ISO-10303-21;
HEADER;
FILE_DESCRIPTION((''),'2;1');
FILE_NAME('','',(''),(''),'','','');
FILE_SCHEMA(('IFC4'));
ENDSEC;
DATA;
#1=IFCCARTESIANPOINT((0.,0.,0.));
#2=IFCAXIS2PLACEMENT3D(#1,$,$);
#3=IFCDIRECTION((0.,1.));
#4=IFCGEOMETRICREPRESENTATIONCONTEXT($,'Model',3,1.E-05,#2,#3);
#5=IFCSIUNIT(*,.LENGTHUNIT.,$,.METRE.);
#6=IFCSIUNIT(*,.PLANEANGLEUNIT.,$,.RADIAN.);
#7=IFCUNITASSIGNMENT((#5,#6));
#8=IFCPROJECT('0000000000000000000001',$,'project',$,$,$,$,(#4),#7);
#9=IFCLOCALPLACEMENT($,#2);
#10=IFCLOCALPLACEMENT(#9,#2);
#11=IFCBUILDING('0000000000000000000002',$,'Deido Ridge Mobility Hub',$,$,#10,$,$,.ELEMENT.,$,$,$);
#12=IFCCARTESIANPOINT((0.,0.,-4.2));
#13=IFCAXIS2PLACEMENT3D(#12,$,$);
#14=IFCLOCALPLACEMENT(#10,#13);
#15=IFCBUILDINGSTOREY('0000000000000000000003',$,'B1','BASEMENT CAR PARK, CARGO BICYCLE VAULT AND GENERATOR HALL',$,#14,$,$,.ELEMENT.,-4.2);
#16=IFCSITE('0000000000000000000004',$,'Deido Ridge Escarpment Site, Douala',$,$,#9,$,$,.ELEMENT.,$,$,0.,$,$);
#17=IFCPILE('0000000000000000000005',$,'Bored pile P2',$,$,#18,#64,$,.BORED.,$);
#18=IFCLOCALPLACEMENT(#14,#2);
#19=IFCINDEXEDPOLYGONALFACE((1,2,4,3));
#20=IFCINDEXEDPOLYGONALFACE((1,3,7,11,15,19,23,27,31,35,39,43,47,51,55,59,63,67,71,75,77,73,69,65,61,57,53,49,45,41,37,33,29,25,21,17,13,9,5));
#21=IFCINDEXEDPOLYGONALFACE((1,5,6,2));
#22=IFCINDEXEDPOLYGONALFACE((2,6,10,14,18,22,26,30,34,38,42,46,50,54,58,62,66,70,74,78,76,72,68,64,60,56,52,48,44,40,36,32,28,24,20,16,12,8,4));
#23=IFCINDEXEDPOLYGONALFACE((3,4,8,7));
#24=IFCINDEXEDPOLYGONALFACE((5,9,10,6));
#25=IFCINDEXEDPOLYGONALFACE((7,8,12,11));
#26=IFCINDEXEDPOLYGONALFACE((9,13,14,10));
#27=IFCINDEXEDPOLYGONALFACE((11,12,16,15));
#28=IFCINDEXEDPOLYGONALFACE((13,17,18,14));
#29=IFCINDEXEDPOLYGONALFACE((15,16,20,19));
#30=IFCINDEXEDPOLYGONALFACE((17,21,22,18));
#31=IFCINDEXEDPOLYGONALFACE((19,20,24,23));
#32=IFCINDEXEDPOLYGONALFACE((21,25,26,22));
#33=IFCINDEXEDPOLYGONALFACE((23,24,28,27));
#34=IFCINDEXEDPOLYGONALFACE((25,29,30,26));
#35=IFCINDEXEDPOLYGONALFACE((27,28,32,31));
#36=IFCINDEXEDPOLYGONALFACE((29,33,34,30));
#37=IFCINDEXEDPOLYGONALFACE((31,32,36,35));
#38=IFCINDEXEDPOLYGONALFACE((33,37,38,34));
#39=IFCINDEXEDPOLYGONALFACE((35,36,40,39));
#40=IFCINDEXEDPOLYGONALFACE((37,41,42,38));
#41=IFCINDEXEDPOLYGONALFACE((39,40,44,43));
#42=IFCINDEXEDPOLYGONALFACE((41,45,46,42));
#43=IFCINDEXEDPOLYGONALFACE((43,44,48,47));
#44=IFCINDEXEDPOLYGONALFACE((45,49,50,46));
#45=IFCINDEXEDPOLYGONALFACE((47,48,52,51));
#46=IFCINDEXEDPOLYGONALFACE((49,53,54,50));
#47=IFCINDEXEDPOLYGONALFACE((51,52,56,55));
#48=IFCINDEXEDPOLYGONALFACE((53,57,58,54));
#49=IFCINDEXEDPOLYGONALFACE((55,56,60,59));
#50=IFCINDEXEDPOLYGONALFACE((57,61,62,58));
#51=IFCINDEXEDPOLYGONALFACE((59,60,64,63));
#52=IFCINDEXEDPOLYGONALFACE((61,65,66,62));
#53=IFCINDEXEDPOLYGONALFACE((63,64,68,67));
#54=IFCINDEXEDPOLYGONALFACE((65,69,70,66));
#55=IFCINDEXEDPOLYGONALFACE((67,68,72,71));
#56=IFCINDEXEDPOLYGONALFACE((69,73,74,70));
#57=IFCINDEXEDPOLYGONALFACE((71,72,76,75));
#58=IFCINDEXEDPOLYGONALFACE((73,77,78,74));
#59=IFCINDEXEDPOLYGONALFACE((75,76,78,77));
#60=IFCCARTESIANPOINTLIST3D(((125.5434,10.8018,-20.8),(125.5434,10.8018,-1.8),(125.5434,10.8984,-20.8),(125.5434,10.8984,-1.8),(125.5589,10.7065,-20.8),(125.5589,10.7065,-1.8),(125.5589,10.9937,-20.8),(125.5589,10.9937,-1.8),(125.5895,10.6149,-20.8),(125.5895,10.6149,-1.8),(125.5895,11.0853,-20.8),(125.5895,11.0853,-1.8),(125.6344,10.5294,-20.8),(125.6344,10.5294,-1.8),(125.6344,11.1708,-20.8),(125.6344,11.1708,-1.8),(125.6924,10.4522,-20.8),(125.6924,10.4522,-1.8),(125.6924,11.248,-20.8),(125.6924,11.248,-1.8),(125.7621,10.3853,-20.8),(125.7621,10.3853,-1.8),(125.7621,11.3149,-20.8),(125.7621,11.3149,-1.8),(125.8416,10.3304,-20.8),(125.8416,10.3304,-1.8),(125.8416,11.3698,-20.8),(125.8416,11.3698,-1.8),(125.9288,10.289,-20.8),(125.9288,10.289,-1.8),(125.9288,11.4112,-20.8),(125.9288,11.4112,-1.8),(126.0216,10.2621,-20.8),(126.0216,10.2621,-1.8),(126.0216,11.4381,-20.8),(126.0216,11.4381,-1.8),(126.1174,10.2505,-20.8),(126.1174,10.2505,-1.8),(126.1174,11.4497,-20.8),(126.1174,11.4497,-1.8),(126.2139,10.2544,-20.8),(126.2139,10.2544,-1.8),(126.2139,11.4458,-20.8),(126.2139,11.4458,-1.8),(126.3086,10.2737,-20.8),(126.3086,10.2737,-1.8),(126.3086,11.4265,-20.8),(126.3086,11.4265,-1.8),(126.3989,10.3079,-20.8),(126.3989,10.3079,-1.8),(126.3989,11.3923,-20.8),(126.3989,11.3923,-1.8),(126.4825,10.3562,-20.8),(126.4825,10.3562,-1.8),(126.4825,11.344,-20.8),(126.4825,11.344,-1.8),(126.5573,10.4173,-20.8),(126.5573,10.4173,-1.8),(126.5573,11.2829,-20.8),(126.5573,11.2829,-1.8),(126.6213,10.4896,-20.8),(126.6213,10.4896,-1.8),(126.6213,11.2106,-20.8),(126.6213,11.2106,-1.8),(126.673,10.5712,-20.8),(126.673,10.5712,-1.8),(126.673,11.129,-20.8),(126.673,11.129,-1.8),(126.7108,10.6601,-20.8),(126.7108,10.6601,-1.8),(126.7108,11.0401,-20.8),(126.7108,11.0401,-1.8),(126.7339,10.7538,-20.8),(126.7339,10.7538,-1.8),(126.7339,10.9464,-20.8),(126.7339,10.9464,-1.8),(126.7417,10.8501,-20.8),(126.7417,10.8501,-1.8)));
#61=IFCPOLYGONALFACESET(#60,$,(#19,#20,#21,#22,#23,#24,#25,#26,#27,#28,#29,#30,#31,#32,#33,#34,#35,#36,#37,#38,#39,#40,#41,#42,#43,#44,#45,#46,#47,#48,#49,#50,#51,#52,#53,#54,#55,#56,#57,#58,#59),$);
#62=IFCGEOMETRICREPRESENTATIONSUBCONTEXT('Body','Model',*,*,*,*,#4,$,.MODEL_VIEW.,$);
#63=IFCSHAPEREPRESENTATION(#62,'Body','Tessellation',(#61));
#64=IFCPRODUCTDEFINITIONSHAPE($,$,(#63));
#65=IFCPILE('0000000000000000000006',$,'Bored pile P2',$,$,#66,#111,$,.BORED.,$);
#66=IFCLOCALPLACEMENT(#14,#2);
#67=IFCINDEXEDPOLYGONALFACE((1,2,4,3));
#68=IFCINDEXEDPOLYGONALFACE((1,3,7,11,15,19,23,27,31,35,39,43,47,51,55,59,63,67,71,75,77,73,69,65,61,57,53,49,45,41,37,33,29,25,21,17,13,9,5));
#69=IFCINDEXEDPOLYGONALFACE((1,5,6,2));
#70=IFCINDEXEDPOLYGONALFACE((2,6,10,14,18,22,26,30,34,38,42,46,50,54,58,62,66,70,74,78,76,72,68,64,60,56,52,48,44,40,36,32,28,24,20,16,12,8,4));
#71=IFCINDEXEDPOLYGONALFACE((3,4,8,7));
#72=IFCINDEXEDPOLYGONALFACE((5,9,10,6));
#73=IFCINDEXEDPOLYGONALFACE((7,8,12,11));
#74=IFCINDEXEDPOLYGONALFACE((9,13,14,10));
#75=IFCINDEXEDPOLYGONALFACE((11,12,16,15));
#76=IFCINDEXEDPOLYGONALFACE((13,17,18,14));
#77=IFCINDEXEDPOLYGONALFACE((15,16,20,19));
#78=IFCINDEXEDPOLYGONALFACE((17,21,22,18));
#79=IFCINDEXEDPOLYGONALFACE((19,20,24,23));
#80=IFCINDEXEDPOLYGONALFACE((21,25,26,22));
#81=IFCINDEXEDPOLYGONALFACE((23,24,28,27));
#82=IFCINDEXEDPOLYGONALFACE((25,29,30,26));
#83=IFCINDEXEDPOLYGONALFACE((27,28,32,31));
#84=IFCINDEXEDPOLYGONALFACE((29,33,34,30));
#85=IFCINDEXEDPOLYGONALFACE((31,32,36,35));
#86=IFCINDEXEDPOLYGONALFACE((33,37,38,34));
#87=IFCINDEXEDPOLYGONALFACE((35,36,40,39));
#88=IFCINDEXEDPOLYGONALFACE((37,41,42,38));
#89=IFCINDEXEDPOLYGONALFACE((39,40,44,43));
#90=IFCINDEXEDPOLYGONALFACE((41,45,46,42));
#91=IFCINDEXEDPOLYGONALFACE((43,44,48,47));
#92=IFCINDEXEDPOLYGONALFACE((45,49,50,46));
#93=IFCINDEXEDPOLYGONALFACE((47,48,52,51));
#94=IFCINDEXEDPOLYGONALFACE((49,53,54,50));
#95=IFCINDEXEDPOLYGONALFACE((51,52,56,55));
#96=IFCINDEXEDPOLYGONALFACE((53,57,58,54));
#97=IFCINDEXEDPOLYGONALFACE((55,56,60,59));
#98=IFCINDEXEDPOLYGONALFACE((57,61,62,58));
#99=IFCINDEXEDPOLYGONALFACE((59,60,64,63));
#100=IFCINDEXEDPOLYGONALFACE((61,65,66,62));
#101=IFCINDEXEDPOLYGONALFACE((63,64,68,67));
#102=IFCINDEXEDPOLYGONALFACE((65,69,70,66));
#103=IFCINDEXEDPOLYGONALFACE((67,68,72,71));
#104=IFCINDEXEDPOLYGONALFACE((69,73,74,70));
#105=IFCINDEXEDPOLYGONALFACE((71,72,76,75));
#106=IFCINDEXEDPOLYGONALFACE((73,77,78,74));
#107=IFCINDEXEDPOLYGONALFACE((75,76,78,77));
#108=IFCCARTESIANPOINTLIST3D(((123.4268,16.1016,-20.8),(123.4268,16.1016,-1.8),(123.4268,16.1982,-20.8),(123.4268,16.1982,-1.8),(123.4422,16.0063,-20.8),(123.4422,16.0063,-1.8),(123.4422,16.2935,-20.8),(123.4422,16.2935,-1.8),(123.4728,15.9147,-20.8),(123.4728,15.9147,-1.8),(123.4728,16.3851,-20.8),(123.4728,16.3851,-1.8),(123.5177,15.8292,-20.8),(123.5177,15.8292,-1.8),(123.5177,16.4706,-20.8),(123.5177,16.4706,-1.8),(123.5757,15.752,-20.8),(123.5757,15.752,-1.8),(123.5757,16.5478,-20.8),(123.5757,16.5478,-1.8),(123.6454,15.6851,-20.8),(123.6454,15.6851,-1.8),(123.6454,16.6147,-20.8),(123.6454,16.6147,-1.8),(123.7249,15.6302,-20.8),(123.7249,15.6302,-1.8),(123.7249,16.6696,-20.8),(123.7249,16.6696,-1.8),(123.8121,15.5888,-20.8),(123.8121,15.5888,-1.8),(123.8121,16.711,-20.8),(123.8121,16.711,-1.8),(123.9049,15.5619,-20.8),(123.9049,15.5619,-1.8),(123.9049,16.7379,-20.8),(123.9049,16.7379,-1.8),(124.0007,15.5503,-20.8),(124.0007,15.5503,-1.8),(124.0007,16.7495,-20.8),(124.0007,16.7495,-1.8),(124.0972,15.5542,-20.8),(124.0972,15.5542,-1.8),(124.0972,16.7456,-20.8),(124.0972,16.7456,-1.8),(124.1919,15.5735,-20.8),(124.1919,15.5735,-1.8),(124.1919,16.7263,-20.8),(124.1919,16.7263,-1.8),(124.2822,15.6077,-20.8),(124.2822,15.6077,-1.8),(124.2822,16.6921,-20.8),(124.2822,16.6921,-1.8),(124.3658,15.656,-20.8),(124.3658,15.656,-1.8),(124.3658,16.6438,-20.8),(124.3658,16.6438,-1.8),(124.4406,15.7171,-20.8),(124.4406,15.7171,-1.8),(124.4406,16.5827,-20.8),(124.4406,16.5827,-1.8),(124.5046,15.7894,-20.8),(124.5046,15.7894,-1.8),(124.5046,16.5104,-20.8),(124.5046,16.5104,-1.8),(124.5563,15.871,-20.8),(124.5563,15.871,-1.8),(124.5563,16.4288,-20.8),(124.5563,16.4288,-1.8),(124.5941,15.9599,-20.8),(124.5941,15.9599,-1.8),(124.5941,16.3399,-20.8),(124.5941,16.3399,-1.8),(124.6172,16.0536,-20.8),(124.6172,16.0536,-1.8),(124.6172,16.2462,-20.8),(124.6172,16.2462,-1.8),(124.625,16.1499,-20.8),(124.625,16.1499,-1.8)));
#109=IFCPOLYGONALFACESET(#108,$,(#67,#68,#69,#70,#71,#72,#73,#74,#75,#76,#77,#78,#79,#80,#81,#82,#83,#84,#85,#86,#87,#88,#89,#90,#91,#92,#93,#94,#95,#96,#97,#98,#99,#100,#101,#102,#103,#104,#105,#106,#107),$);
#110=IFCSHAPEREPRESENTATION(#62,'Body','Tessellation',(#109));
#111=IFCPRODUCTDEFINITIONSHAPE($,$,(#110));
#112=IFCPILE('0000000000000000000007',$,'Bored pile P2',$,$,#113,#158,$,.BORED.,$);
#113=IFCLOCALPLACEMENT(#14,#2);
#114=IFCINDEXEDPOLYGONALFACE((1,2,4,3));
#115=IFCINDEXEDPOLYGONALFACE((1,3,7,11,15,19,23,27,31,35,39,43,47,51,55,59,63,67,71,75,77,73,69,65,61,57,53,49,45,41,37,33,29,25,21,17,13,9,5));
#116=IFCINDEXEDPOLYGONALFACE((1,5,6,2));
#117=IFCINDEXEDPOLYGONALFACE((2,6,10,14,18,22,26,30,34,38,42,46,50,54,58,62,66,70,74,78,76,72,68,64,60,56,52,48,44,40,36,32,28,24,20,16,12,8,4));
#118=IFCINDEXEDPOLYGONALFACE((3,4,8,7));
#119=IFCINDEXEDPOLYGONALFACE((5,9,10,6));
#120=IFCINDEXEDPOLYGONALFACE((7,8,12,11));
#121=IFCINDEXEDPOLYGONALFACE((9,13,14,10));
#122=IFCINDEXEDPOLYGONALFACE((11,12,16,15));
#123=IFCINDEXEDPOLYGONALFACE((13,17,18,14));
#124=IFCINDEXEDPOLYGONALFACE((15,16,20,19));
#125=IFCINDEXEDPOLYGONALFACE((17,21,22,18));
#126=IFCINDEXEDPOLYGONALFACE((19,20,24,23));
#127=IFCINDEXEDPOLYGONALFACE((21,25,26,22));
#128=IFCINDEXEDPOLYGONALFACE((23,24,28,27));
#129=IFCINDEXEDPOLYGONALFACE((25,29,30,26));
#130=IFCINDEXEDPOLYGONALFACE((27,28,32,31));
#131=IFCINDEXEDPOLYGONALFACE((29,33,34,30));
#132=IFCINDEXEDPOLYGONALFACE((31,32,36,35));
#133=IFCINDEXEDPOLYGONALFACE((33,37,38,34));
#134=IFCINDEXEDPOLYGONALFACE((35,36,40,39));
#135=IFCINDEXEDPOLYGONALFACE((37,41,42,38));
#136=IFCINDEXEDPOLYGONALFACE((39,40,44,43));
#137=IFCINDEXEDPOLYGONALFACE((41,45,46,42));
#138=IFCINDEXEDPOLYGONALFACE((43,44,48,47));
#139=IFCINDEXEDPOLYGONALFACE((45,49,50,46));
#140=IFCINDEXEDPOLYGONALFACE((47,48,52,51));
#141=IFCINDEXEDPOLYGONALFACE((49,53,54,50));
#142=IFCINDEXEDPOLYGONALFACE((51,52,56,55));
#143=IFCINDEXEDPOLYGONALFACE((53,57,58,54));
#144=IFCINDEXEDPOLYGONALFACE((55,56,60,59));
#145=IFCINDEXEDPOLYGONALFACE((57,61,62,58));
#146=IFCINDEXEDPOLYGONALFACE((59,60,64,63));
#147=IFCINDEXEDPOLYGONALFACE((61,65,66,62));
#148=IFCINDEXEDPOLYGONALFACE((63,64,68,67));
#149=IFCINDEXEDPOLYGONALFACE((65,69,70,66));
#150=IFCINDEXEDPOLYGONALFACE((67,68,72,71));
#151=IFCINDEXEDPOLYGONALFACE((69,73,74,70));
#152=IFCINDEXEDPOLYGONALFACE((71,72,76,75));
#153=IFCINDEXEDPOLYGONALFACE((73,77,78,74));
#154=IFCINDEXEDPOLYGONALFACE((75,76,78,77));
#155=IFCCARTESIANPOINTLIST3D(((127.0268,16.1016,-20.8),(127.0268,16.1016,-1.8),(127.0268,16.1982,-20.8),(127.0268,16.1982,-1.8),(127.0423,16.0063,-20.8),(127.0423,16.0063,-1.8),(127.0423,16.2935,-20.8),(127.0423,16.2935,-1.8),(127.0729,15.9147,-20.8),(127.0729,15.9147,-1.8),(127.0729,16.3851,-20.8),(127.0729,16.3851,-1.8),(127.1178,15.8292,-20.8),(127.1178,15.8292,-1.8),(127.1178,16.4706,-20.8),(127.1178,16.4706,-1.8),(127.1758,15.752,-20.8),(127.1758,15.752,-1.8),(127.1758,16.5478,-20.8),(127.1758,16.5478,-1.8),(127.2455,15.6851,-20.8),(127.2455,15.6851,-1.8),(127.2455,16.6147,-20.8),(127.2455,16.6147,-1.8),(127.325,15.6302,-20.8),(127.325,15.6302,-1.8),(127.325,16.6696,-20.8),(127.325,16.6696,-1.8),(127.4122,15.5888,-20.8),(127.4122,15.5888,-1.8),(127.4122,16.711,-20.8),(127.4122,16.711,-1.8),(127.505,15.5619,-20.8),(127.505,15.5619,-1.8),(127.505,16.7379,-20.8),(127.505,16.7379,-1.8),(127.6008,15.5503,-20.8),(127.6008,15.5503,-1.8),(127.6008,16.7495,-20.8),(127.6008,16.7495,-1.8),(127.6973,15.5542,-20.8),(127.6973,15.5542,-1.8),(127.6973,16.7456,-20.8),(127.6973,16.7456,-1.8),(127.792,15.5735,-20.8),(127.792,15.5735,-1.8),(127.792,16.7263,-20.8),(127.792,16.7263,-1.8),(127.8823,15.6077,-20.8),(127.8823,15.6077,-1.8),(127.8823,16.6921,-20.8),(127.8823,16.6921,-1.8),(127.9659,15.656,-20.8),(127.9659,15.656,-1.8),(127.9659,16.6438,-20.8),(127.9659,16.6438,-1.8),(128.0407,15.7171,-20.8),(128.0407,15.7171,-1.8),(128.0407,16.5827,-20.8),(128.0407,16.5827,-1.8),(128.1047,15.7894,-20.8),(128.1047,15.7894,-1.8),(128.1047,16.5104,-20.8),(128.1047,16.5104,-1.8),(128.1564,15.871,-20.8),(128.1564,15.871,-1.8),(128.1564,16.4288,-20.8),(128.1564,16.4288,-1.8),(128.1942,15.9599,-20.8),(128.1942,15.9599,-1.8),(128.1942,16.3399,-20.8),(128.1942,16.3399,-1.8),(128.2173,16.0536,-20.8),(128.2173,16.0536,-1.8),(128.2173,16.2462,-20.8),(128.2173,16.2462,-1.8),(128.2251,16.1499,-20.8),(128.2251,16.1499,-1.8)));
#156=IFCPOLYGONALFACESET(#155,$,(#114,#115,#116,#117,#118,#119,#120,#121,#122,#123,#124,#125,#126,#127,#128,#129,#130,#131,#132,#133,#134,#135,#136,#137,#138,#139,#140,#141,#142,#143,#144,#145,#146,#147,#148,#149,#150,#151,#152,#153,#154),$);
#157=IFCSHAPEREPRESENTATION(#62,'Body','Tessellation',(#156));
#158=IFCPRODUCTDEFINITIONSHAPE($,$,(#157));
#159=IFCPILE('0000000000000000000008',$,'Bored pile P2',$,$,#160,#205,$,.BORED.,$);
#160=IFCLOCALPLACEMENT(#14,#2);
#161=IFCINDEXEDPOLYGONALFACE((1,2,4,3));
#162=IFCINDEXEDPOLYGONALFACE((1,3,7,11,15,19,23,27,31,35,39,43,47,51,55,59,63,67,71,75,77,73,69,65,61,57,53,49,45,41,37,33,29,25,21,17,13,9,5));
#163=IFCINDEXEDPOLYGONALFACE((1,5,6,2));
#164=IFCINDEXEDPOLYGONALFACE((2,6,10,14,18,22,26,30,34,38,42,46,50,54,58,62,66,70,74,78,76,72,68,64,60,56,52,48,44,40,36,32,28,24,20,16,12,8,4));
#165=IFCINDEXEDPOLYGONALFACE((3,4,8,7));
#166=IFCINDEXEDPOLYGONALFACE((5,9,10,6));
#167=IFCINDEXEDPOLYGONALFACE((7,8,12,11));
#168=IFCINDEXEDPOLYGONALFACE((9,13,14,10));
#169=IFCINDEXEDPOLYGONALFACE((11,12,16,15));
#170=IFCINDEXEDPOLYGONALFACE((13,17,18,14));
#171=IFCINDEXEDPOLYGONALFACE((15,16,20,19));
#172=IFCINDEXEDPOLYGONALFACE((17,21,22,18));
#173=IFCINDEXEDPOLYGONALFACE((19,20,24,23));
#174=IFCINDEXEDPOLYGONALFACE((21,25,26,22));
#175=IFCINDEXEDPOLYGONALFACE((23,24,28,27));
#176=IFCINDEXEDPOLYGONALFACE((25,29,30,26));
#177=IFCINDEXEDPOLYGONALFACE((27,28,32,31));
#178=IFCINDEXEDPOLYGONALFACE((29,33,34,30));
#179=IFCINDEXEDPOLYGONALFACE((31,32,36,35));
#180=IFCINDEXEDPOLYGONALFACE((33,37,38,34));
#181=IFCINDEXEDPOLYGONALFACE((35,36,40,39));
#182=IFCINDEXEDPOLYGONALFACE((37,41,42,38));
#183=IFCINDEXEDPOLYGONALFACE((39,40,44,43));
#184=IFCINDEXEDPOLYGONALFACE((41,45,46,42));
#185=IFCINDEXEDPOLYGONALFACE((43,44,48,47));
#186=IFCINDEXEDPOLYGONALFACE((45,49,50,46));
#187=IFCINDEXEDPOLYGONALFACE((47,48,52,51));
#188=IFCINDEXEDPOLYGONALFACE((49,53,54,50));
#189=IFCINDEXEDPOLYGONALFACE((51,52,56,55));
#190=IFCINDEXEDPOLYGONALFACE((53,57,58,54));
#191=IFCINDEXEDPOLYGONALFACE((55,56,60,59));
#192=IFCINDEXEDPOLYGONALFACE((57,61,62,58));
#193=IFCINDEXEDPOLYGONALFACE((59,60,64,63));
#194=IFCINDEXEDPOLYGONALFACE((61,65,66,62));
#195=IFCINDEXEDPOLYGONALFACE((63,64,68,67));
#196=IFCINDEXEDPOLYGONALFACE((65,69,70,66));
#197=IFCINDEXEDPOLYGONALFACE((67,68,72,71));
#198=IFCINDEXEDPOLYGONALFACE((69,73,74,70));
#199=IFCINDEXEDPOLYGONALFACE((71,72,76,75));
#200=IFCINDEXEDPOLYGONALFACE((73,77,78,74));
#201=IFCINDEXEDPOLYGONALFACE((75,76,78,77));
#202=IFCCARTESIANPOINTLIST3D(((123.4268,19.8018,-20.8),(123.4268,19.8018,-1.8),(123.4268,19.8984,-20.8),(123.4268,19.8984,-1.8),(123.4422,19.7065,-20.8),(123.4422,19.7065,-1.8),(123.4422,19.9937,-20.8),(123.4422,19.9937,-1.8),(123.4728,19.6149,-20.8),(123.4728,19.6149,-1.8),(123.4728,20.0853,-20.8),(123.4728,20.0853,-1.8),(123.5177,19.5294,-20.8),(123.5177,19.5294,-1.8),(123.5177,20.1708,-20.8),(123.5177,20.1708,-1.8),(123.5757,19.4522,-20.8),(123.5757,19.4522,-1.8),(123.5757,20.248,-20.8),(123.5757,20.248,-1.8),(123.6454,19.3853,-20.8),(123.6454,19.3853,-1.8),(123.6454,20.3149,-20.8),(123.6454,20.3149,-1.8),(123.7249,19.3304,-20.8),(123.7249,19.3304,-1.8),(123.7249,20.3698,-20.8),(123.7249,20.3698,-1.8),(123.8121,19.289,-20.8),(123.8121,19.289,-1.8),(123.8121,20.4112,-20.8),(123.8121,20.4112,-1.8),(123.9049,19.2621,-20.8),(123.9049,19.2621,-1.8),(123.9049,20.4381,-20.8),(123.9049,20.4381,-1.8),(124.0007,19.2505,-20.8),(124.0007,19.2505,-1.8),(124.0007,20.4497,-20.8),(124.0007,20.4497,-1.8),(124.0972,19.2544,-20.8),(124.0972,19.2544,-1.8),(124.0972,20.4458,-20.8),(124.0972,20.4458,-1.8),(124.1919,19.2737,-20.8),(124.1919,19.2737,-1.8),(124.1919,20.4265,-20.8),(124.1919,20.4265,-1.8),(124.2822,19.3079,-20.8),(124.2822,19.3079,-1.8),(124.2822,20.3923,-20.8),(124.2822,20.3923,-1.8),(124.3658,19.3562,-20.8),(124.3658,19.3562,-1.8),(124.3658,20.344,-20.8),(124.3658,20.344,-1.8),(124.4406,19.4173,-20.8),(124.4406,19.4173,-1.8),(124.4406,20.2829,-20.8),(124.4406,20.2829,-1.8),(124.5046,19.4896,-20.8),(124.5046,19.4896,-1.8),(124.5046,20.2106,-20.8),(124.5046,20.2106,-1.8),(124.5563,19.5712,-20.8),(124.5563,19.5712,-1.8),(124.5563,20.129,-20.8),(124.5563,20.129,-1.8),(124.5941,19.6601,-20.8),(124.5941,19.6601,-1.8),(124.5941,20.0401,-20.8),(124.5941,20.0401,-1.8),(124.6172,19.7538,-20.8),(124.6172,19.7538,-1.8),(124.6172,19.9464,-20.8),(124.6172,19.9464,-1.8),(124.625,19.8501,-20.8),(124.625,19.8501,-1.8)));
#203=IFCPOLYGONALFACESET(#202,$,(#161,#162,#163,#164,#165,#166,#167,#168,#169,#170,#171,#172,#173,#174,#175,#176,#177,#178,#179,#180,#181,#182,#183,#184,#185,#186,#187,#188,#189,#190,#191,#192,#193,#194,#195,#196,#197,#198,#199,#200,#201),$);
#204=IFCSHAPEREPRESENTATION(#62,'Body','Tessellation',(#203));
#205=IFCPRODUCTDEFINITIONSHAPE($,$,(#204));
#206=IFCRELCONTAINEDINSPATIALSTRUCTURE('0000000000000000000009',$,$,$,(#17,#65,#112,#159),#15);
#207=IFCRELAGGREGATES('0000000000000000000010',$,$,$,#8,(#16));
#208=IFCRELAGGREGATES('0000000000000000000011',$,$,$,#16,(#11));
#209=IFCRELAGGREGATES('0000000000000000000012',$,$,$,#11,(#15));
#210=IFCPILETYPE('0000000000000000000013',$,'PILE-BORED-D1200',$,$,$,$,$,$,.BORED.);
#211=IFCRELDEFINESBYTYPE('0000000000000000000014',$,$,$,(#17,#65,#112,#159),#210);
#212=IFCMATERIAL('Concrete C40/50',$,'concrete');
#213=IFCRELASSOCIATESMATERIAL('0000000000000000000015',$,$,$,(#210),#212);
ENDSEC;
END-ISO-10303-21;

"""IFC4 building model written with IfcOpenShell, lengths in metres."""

from ifc_helpers import new_model, si_unit, direction, frame, origin, origin_2d, place, context, subcontext, project, spatial, circle, extrude, material, material_profile, profile_set, type_object, element, save


model = new_model("IFC4")

# Units and contexts
model_context = context("Model", 3, precision=1e-05, world=origin(), true_north=direction((0.0, 1.0)))
body_context = subcontext(model_context, "Body", "Model", "MODEL_VIEW")
ifc_project = project(units=[si_unit("LENGTHUNIT", "METRE"), si_unit("PLANEANGLEUNIT", "RADIAN")], contexts=[model_context])

# Site, building, storey
site_placement = place(None, origin())
site = spatial("IfcSite", under=ifc_project, at=site_placement, Name="Deido Ridge Escarpment Site, Douala", CompositionType="ELEMENT", RefElevation=0.0)
building_placement = place(site_placement, origin())
building = spatial("IfcBuilding", under=site, at=building_placement, Name="Deido Ridge Mobility Hub", CompositionType="ELEMENT")
storey_placement = place(building_placement, frame((0.0, 0.0, -4.2)))
storey = spatial("IfcBuildingStorey", under=building, at=storey_placement, Name="B1", Description="BASEMENT CAR PARK, CARGO BICYCLE VAULT AND GENERATOR HALL", CompositionType="ELEMENT", Elevation=-4.2)

# Shared definitions
ifc_material_1 = material(Name="Concrete C40/50", Category="concrete")

# Piles
ifc_material_profile_1 = material_profile(ifc_material_1, circle(Radius=0.6001, at=origin_2d()), Name="BORED PILE D1200")
ifc_profile_set_1 = profile_set([ifc_material_profile_1], Name="Concrete C40/50")
pile_type = type_object("IfcPileType", Name="PILE-BORED-D1200", PredefinedType="BORED", material=ifc_profile_set_1)
for number, where, z_axis, x_axis, name in (
    (1, (126.1416, 10.8501, -1.8), (0.0, 0.0, -1.0), (1.0, 0.0, 0.0), "Bored pile P2"),
    (2, (124.0249, 16.1499, -1.8), (0.0, 0.0, -1.0), (1.0, 0.0, 0.0), "Bored pile P2"),
    (3, (127.625, 16.1499, -1.8), (0.0, 0.0, -1.0), (1.0, 0.0, 0.0), "Bored pile P2"),
    (4, (124.0249, 19.8501, -1.8), (0.0, 0.0, -1.0), (1.0, 0.0, 0.0), "Bored pile P2"),
):
    element("IfcPile", number, at=place(storey_placement, frame(where, z_axis=z_axis, x_axis=x_axis)), inside=storey, type_object=pile_type, Name=name, PredefinedType="BORED", context=body_context, shape_type="SweptSolid", body=[
        extrude(circle(Radius=0.6001, at=origin_2d()), origin(), (0.0, 0.0, 1.0), 19.0),
    ])

save(model, "model.ifc")
